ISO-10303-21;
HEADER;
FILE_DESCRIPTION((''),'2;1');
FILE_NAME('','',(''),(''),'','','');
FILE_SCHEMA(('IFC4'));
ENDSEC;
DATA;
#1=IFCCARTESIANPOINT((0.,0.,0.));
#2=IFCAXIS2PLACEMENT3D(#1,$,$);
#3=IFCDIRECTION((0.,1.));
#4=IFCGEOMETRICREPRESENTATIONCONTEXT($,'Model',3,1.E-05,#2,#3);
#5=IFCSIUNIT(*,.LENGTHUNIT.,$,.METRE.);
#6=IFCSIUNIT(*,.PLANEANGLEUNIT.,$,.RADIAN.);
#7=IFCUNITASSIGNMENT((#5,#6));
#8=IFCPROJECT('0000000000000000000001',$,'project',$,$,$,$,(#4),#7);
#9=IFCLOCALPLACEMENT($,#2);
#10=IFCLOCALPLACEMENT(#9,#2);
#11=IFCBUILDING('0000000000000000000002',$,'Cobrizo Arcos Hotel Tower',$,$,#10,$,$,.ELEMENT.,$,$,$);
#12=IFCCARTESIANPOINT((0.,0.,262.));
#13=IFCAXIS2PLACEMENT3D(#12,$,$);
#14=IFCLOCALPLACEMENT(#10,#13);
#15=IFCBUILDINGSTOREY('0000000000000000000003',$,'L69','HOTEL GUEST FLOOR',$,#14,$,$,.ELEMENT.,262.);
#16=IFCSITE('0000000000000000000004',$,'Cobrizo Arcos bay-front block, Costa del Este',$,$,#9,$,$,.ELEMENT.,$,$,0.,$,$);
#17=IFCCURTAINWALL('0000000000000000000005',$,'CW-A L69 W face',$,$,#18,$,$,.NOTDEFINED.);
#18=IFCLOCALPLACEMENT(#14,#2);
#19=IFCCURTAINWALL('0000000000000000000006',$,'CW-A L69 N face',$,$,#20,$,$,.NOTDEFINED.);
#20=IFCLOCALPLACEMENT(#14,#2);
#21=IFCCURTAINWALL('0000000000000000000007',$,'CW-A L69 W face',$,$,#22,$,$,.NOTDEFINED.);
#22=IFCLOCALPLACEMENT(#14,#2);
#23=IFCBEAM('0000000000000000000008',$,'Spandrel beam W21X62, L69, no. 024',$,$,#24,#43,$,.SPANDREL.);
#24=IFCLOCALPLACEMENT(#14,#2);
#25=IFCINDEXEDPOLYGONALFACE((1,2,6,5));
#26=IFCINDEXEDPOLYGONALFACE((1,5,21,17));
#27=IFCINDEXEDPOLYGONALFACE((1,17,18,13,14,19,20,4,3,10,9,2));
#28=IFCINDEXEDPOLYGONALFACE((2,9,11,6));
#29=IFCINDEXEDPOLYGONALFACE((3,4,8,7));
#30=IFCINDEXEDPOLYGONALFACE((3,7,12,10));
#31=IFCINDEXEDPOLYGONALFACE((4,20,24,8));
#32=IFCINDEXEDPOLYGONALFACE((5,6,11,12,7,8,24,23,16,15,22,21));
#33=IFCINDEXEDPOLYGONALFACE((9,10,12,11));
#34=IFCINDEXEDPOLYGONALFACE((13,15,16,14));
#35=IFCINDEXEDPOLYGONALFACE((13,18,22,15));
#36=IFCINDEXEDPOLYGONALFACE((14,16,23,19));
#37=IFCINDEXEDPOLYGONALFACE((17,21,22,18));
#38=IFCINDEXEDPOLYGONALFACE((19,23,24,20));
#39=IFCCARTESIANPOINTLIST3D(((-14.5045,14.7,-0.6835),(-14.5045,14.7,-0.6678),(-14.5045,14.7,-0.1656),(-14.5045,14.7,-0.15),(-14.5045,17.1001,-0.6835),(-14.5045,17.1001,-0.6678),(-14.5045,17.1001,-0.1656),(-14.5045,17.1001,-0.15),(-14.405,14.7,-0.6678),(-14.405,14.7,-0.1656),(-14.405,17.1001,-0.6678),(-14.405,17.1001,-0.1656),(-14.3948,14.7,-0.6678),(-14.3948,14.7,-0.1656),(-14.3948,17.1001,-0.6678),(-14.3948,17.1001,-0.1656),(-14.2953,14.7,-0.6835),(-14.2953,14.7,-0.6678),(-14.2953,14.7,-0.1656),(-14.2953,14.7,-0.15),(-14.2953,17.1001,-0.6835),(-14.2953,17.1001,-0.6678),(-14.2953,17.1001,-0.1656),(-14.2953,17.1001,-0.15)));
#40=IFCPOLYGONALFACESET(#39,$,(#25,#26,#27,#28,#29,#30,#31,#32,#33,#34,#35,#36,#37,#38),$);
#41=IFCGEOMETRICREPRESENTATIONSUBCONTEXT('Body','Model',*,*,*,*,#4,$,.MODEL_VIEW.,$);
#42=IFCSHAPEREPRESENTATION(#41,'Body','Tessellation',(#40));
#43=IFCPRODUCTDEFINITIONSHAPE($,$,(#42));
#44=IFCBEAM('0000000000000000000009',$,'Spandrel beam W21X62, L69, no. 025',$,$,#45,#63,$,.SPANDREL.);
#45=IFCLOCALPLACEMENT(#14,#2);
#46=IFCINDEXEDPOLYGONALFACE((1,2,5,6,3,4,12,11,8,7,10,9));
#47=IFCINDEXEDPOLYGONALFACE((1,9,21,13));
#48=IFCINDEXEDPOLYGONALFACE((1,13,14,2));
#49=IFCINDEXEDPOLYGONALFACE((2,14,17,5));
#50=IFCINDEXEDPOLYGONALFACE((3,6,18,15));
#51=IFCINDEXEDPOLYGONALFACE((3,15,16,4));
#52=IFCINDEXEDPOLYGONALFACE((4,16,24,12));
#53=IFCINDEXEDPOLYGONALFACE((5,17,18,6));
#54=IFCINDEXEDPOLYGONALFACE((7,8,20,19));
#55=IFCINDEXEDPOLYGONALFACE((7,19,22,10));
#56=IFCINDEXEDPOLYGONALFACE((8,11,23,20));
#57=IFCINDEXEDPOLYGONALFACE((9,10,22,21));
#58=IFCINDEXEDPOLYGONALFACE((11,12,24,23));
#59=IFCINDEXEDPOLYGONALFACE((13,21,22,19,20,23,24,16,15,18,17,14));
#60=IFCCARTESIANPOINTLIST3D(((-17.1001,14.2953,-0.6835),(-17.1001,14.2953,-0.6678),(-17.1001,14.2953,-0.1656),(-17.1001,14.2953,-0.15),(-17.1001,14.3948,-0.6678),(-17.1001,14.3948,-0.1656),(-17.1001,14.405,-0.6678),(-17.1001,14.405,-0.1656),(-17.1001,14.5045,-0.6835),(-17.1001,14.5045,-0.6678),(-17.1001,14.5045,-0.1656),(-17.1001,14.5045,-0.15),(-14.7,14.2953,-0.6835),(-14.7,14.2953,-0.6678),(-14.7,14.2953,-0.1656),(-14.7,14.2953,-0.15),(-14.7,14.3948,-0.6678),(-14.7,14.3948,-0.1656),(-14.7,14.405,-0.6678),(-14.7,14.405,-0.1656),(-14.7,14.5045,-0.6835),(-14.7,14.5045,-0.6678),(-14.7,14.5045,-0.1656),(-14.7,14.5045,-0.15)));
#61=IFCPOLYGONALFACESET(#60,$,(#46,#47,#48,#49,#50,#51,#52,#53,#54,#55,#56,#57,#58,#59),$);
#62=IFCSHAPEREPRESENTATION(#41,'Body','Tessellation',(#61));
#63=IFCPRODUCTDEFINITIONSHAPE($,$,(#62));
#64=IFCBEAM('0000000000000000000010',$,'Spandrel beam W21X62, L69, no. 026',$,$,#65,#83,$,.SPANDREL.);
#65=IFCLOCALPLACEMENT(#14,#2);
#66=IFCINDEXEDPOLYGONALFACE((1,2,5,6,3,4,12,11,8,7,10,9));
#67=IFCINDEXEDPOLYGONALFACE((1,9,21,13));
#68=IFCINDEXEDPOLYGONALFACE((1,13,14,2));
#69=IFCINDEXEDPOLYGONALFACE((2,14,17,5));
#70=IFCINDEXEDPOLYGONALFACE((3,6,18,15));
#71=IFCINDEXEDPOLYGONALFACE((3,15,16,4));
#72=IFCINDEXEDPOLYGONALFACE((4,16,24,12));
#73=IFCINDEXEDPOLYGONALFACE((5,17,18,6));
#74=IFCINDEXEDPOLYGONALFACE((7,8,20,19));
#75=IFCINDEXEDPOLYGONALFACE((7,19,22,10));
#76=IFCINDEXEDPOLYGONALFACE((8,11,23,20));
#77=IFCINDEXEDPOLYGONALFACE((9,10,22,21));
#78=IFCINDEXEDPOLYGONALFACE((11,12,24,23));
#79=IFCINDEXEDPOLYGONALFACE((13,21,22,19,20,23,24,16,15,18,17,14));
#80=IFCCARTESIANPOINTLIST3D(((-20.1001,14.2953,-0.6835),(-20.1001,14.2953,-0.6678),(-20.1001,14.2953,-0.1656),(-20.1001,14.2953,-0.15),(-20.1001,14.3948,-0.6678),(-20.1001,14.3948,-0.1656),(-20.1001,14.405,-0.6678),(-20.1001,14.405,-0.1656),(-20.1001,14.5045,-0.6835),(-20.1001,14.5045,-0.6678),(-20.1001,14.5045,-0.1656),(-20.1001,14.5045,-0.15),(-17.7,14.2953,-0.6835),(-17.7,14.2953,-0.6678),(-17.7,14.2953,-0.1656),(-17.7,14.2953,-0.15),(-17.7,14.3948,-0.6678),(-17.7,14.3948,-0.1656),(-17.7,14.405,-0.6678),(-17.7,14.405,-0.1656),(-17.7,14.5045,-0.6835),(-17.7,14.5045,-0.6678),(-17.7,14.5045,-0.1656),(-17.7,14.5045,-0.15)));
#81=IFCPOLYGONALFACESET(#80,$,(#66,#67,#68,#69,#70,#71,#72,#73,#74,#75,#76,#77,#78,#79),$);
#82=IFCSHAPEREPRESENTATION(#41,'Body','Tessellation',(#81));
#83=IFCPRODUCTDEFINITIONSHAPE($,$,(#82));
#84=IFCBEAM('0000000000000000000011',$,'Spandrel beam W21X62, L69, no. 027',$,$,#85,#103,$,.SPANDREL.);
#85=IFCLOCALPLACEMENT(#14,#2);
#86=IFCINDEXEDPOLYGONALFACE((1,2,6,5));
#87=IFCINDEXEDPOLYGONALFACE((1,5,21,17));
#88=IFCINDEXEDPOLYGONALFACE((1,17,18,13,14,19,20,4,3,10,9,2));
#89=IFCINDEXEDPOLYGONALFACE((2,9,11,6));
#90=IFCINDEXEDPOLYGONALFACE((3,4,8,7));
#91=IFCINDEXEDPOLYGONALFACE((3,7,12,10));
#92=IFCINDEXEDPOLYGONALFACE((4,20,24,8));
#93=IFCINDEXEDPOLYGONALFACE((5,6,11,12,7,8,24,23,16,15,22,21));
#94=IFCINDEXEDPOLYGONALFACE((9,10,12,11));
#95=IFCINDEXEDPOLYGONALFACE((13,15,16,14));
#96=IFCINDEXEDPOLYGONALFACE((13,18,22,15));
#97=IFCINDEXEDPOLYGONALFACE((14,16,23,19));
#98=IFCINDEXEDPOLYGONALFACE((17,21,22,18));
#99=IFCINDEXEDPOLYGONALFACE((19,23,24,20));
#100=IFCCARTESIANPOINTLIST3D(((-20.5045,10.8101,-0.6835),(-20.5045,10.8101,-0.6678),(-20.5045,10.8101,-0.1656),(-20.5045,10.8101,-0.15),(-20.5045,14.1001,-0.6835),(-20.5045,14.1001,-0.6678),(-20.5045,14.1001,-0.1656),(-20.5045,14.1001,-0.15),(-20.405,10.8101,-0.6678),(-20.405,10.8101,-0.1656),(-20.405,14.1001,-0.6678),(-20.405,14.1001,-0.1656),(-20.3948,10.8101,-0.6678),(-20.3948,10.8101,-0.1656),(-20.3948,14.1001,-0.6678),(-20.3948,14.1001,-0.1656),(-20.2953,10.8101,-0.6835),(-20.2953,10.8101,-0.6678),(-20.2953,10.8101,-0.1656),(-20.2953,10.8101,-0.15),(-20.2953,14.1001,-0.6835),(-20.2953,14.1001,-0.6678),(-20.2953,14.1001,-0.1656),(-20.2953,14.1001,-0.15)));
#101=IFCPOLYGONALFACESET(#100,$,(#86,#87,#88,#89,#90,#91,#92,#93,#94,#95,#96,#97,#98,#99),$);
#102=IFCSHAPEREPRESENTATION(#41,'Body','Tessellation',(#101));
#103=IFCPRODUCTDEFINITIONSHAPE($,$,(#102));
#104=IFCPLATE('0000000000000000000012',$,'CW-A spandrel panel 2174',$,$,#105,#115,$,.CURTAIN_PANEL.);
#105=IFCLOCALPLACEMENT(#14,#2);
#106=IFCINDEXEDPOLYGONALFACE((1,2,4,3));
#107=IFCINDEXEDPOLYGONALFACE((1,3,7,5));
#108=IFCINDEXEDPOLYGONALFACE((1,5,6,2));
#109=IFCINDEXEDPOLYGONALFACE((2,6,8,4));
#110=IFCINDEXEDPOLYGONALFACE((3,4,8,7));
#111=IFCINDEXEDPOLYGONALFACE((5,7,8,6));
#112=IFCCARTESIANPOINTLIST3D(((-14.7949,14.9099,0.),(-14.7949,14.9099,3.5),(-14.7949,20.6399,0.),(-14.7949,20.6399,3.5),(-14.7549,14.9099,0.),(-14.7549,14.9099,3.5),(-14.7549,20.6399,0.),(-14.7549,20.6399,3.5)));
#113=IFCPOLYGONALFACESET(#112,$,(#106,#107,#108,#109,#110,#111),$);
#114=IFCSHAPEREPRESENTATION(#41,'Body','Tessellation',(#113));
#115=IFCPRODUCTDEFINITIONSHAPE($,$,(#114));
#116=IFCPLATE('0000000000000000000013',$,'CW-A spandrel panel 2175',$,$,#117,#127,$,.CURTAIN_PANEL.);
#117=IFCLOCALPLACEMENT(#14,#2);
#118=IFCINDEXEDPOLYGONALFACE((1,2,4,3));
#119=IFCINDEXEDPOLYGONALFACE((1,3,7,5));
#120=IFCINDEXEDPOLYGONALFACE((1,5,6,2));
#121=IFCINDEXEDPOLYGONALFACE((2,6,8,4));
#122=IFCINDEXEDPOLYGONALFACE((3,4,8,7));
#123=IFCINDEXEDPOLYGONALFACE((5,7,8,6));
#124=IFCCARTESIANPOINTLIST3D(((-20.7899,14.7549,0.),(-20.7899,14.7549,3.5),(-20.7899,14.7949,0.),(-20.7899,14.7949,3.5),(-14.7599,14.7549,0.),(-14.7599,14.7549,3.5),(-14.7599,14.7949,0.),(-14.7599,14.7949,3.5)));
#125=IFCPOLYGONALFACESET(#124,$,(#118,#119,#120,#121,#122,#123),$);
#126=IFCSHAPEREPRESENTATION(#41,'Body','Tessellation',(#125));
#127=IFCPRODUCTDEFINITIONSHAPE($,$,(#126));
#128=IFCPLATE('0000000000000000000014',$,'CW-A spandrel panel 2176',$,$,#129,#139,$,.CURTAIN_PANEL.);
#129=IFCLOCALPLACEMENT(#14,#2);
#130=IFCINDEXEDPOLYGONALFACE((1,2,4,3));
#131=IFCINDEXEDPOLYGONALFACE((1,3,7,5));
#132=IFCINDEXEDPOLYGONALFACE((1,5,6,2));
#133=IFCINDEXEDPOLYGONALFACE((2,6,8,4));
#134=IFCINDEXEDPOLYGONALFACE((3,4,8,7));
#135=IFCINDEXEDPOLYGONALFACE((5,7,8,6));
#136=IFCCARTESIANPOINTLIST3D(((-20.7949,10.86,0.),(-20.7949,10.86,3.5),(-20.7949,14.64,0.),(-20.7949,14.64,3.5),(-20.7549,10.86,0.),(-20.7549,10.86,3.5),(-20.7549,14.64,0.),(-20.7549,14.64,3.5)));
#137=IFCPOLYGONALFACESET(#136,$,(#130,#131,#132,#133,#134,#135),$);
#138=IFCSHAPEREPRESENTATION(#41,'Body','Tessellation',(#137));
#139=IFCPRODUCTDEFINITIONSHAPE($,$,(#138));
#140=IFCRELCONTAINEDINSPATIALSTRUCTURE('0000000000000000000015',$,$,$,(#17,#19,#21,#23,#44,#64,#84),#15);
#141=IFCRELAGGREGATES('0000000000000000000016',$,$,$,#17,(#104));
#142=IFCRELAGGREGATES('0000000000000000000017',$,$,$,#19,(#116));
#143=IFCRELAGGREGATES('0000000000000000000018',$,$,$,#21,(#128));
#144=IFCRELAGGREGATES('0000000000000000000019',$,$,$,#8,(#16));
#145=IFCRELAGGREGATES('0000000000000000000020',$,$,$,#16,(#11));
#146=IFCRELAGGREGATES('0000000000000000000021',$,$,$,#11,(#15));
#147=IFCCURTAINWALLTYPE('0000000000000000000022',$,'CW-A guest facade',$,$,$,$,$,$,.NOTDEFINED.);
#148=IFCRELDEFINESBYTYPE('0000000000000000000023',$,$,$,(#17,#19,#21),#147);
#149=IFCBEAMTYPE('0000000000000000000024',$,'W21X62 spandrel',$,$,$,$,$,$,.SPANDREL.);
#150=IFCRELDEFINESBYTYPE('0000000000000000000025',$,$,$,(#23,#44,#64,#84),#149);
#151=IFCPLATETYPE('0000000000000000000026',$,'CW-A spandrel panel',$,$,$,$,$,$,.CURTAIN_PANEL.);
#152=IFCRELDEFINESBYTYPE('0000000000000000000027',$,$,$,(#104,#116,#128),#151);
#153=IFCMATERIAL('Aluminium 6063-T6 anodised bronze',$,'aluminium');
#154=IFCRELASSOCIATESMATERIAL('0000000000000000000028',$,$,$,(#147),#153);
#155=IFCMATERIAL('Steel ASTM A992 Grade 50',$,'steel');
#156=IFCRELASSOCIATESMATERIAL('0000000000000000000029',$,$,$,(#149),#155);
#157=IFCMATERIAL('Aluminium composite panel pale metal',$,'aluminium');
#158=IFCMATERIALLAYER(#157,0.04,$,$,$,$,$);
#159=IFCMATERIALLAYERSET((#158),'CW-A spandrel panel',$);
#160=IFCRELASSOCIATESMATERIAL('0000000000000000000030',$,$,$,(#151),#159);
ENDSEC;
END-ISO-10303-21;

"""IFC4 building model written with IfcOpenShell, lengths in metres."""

from ifc_helpers import new_model, si_unit, direction, frame, origin, origin_2d, place, context, subcontext, project, spatial, rectangle, i_section, extrude, material, layer, layer_set, material_profile, profile_set, type_object, element, aggregate, save


model = new_model("IFC4")

# Units and contexts
model_context = context("Model", 3, precision=1e-05, world=origin(), true_north=direction((0.0, 1.0)))
body_context = subcontext(model_context, "Body", "Model", "MODEL_VIEW")
ifc_project = project(units=[si_unit("LENGTHUNIT", "METRE"), si_unit("PLANEANGLEUNIT", "RADIAN")], contexts=[model_context])

# Site, building, storey
site_placement = place(None, origin())
site = spatial("IfcSite", under=ifc_project, at=site_placement, Name="Cobrizo Arcos bay-front block, Costa del Este", CompositionType="ELEMENT", RefElevation=0.0)
building_placement = place(site_placement, origin())
building = spatial("IfcBuilding", under=site, at=building_placement, Name="Cobrizo Arcos Hotel Tower", CompositionType="ELEMENT")
storey_placement = place(building_placement, frame((0.0, 0.0, 262.0)))
storey = spatial("IfcBuildingStorey", under=building, at=storey_placement, Name="L69", Description="HOTEL GUEST FLOOR", CompositionType="ELEMENT", Elevation=262.0)

# Shared definitions
ifc_material_1 = material(Name="Aluminium 6063-T6 anodised bronze", Category="aluminium")
curtain_wall_type = type_object("IfcCurtainWallType", Name="CW-A guest facade", PredefinedType="NOTDEFINED", material=ifc_material_1)

# Curtain walls
curtain_wall_1_placement = place(storey_placement, origin())
curtain_wall_1 = element("IfcCurtainWall", 1, at=curtain_wall_1_placement, inside=storey, type_object=curtain_wall_type, Name="CW-A L69 W face", PredefinedType="NOTDEFINED")
curtain_wall_2_placement = place(storey_placement, origin())
curtain_wall_2 = element("IfcCurtainWall", 2, at=curtain_wall_2_placement, inside=storey, type_object=curtain_wall_type, Name="CW-A L69 N face", PredefinedType="NOTDEFINED")
curtain_wall_3_placement = place(storey_placement, origin())
curtain_wall_3 = element("IfcCurtainWall", 3, at=curtain_wall_3_placement, inside=storey, type_object=curtain_wall_type, Name="CW-A L69 W face", PredefinedType="NOTDEFINED")

# Beams
ifc_material_2 = material(Name="Steel ASTM A992 Grade 50", Category="steel")
ifc_material_profile_1 = material_profile(ifc_material_2, i_section(OverallWidth=0.2092, OverallDepth=0.5334, WebThickness=0.0103, FlangeThickness=0.0156, at=origin_2d()), Name="W21X62")
ifc_profile_set_1 = profile_set([ifc_material_profile_1], Name="Steel ASTM A992 Grade 50")
beam_type_1 = type_object("IfcBeamType", Name="W21X62 spandrel", PredefinedType="SPANDREL", material=ifc_profile_set_1)
for number, where, z_axis, x_axis, name in (
    (4, (-14.3999, 17.1001, -0.4167), (0.0, -1.0, 0.0), (1.0, 0.0, 0.0), "Spandrel beam W21X62, L69, no. 024"),
    (5, (-14.7, 14.3999, -0.4167), (-1.0, 0.0, 0.0), (0.0, -1.0, 0.0), "Spandrel beam W21X62, L69, no. 025"),
    (6, (-17.7, 14.3999, -0.4167), (-1.0, 0.0, 0.0), (0.0, -1.0, 0.0), "Spandrel beam W21X62, L69, no. 026"),
):
    element("IfcBeam", number, at=place(storey_placement, frame(where, z_axis=z_axis, x_axis=x_axis)), inside=storey, type_object=beam_type_1, Name=name, PredefinedType="SPANDREL", context=body_context, shape_type="SweptSolid", body=[
        extrude(i_section(OverallWidth=0.2092, OverallDepth=0.5334, WebThickness=0.0103, FlangeThickness=0.0156, at=origin_2d()), origin(), (0.0, 0.0, 1.0), 2.4001),
    ])
beam_1_placement = place(storey_placement, frame((-20.3999, 14.1001, -0.4167), z_axis=(0.0, -1.0, 0.0), x_axis=(1.0, 0.0, 0.0)))
element("IfcBeam", 7, at=beam_1_placement, inside=storey, type_object=beam_type_1, Name="Spandrel beam W21X62, L69, no. 027", PredefinedType="SPANDREL", context=body_context, shape_type="SweptSolid", body=[
    extrude(i_section(OverallWidth=0.2092, OverallDepth=0.5334, WebThickness=0.0103, FlangeThickness=0.0156, at=origin_2d()), origin(), (0.0, 0.0, 1.0), 3.29),
])

# Plates
ifc_material_3 = material(Name="Aluminium composite panel pale metal", Category="aluminium")
ifc_layer_1 = layer(ifc_material_3, 0.04)
ifc_layer_set_1 = layer_set([ifc_layer_1], Name="CW-A spandrel panel")
plate_type = type_object("IfcPlateType", Name="CW-A spandrel panel", PredefinedType="CURTAIN_PANEL", material=ifc_layer_set_1)
plate_1_placement = place(storey_placement, frame((-14.7749, 17.7749, 0.0), z_axis=(0.0, 0.0, 1.0), x_axis=(0.0, -1.0, 0.0)))
plate_1 = element("IfcPlate", 8, at=plate_1_placement, type_object=plate_type, Name="CW-A spandrel panel 2174", PredefinedType="CURTAIN_PANEL", context=body_context, shape_type="SweptSolid", body=[
    extrude(rectangle(XDim=5.73, YDim=0.04, at=origin_2d()), origin(), (0.0, 0.0, 1.0), 3.5),
])
aggregate(curtain_wall_1, [plate_1])
plate_2_placement = place(storey_placement, frame((-17.7749, 14.7749, 0.0), z_axis=(0.0, 0.0, 1.0), x_axis=(-1.0, 0.0, 0.0)))
plate_2 = element("IfcPlate", 9, at=plate_2_placement, type_object=plate_type, Name="CW-A spandrel panel 2175", PredefinedType="CURTAIN_PANEL", context=body_context, shape_type="SweptSolid", body=[
    extrude(rectangle(XDim=6.03, YDim=0.04, at=origin_2d()), origin(), (0.0, 0.0, 1.0), 3.5),
])
aggregate(curtain_wall_2, [plate_2])
plate_3_placement = place(storey_placement, frame((-20.7749, 12.75, 0.0), z_axis=(0.0, 0.0, 1.0), x_axis=(0.0, -1.0, 0.0)))
plate_3 = element("IfcPlate", 10, at=plate_3_placement, type_object=plate_type, Name="CW-A spandrel panel 2176", PredefinedType="CURTAIN_PANEL", context=body_context, shape_type="SweptSolid", body=[
    extrude(rectangle(XDim=3.78, YDim=0.04, at=origin_2d()), origin(), (0.0, 0.0, 1.0), 3.5),
])
aggregate(curtain_wall_3, [plate_3])

save(model, "model.ifc")
